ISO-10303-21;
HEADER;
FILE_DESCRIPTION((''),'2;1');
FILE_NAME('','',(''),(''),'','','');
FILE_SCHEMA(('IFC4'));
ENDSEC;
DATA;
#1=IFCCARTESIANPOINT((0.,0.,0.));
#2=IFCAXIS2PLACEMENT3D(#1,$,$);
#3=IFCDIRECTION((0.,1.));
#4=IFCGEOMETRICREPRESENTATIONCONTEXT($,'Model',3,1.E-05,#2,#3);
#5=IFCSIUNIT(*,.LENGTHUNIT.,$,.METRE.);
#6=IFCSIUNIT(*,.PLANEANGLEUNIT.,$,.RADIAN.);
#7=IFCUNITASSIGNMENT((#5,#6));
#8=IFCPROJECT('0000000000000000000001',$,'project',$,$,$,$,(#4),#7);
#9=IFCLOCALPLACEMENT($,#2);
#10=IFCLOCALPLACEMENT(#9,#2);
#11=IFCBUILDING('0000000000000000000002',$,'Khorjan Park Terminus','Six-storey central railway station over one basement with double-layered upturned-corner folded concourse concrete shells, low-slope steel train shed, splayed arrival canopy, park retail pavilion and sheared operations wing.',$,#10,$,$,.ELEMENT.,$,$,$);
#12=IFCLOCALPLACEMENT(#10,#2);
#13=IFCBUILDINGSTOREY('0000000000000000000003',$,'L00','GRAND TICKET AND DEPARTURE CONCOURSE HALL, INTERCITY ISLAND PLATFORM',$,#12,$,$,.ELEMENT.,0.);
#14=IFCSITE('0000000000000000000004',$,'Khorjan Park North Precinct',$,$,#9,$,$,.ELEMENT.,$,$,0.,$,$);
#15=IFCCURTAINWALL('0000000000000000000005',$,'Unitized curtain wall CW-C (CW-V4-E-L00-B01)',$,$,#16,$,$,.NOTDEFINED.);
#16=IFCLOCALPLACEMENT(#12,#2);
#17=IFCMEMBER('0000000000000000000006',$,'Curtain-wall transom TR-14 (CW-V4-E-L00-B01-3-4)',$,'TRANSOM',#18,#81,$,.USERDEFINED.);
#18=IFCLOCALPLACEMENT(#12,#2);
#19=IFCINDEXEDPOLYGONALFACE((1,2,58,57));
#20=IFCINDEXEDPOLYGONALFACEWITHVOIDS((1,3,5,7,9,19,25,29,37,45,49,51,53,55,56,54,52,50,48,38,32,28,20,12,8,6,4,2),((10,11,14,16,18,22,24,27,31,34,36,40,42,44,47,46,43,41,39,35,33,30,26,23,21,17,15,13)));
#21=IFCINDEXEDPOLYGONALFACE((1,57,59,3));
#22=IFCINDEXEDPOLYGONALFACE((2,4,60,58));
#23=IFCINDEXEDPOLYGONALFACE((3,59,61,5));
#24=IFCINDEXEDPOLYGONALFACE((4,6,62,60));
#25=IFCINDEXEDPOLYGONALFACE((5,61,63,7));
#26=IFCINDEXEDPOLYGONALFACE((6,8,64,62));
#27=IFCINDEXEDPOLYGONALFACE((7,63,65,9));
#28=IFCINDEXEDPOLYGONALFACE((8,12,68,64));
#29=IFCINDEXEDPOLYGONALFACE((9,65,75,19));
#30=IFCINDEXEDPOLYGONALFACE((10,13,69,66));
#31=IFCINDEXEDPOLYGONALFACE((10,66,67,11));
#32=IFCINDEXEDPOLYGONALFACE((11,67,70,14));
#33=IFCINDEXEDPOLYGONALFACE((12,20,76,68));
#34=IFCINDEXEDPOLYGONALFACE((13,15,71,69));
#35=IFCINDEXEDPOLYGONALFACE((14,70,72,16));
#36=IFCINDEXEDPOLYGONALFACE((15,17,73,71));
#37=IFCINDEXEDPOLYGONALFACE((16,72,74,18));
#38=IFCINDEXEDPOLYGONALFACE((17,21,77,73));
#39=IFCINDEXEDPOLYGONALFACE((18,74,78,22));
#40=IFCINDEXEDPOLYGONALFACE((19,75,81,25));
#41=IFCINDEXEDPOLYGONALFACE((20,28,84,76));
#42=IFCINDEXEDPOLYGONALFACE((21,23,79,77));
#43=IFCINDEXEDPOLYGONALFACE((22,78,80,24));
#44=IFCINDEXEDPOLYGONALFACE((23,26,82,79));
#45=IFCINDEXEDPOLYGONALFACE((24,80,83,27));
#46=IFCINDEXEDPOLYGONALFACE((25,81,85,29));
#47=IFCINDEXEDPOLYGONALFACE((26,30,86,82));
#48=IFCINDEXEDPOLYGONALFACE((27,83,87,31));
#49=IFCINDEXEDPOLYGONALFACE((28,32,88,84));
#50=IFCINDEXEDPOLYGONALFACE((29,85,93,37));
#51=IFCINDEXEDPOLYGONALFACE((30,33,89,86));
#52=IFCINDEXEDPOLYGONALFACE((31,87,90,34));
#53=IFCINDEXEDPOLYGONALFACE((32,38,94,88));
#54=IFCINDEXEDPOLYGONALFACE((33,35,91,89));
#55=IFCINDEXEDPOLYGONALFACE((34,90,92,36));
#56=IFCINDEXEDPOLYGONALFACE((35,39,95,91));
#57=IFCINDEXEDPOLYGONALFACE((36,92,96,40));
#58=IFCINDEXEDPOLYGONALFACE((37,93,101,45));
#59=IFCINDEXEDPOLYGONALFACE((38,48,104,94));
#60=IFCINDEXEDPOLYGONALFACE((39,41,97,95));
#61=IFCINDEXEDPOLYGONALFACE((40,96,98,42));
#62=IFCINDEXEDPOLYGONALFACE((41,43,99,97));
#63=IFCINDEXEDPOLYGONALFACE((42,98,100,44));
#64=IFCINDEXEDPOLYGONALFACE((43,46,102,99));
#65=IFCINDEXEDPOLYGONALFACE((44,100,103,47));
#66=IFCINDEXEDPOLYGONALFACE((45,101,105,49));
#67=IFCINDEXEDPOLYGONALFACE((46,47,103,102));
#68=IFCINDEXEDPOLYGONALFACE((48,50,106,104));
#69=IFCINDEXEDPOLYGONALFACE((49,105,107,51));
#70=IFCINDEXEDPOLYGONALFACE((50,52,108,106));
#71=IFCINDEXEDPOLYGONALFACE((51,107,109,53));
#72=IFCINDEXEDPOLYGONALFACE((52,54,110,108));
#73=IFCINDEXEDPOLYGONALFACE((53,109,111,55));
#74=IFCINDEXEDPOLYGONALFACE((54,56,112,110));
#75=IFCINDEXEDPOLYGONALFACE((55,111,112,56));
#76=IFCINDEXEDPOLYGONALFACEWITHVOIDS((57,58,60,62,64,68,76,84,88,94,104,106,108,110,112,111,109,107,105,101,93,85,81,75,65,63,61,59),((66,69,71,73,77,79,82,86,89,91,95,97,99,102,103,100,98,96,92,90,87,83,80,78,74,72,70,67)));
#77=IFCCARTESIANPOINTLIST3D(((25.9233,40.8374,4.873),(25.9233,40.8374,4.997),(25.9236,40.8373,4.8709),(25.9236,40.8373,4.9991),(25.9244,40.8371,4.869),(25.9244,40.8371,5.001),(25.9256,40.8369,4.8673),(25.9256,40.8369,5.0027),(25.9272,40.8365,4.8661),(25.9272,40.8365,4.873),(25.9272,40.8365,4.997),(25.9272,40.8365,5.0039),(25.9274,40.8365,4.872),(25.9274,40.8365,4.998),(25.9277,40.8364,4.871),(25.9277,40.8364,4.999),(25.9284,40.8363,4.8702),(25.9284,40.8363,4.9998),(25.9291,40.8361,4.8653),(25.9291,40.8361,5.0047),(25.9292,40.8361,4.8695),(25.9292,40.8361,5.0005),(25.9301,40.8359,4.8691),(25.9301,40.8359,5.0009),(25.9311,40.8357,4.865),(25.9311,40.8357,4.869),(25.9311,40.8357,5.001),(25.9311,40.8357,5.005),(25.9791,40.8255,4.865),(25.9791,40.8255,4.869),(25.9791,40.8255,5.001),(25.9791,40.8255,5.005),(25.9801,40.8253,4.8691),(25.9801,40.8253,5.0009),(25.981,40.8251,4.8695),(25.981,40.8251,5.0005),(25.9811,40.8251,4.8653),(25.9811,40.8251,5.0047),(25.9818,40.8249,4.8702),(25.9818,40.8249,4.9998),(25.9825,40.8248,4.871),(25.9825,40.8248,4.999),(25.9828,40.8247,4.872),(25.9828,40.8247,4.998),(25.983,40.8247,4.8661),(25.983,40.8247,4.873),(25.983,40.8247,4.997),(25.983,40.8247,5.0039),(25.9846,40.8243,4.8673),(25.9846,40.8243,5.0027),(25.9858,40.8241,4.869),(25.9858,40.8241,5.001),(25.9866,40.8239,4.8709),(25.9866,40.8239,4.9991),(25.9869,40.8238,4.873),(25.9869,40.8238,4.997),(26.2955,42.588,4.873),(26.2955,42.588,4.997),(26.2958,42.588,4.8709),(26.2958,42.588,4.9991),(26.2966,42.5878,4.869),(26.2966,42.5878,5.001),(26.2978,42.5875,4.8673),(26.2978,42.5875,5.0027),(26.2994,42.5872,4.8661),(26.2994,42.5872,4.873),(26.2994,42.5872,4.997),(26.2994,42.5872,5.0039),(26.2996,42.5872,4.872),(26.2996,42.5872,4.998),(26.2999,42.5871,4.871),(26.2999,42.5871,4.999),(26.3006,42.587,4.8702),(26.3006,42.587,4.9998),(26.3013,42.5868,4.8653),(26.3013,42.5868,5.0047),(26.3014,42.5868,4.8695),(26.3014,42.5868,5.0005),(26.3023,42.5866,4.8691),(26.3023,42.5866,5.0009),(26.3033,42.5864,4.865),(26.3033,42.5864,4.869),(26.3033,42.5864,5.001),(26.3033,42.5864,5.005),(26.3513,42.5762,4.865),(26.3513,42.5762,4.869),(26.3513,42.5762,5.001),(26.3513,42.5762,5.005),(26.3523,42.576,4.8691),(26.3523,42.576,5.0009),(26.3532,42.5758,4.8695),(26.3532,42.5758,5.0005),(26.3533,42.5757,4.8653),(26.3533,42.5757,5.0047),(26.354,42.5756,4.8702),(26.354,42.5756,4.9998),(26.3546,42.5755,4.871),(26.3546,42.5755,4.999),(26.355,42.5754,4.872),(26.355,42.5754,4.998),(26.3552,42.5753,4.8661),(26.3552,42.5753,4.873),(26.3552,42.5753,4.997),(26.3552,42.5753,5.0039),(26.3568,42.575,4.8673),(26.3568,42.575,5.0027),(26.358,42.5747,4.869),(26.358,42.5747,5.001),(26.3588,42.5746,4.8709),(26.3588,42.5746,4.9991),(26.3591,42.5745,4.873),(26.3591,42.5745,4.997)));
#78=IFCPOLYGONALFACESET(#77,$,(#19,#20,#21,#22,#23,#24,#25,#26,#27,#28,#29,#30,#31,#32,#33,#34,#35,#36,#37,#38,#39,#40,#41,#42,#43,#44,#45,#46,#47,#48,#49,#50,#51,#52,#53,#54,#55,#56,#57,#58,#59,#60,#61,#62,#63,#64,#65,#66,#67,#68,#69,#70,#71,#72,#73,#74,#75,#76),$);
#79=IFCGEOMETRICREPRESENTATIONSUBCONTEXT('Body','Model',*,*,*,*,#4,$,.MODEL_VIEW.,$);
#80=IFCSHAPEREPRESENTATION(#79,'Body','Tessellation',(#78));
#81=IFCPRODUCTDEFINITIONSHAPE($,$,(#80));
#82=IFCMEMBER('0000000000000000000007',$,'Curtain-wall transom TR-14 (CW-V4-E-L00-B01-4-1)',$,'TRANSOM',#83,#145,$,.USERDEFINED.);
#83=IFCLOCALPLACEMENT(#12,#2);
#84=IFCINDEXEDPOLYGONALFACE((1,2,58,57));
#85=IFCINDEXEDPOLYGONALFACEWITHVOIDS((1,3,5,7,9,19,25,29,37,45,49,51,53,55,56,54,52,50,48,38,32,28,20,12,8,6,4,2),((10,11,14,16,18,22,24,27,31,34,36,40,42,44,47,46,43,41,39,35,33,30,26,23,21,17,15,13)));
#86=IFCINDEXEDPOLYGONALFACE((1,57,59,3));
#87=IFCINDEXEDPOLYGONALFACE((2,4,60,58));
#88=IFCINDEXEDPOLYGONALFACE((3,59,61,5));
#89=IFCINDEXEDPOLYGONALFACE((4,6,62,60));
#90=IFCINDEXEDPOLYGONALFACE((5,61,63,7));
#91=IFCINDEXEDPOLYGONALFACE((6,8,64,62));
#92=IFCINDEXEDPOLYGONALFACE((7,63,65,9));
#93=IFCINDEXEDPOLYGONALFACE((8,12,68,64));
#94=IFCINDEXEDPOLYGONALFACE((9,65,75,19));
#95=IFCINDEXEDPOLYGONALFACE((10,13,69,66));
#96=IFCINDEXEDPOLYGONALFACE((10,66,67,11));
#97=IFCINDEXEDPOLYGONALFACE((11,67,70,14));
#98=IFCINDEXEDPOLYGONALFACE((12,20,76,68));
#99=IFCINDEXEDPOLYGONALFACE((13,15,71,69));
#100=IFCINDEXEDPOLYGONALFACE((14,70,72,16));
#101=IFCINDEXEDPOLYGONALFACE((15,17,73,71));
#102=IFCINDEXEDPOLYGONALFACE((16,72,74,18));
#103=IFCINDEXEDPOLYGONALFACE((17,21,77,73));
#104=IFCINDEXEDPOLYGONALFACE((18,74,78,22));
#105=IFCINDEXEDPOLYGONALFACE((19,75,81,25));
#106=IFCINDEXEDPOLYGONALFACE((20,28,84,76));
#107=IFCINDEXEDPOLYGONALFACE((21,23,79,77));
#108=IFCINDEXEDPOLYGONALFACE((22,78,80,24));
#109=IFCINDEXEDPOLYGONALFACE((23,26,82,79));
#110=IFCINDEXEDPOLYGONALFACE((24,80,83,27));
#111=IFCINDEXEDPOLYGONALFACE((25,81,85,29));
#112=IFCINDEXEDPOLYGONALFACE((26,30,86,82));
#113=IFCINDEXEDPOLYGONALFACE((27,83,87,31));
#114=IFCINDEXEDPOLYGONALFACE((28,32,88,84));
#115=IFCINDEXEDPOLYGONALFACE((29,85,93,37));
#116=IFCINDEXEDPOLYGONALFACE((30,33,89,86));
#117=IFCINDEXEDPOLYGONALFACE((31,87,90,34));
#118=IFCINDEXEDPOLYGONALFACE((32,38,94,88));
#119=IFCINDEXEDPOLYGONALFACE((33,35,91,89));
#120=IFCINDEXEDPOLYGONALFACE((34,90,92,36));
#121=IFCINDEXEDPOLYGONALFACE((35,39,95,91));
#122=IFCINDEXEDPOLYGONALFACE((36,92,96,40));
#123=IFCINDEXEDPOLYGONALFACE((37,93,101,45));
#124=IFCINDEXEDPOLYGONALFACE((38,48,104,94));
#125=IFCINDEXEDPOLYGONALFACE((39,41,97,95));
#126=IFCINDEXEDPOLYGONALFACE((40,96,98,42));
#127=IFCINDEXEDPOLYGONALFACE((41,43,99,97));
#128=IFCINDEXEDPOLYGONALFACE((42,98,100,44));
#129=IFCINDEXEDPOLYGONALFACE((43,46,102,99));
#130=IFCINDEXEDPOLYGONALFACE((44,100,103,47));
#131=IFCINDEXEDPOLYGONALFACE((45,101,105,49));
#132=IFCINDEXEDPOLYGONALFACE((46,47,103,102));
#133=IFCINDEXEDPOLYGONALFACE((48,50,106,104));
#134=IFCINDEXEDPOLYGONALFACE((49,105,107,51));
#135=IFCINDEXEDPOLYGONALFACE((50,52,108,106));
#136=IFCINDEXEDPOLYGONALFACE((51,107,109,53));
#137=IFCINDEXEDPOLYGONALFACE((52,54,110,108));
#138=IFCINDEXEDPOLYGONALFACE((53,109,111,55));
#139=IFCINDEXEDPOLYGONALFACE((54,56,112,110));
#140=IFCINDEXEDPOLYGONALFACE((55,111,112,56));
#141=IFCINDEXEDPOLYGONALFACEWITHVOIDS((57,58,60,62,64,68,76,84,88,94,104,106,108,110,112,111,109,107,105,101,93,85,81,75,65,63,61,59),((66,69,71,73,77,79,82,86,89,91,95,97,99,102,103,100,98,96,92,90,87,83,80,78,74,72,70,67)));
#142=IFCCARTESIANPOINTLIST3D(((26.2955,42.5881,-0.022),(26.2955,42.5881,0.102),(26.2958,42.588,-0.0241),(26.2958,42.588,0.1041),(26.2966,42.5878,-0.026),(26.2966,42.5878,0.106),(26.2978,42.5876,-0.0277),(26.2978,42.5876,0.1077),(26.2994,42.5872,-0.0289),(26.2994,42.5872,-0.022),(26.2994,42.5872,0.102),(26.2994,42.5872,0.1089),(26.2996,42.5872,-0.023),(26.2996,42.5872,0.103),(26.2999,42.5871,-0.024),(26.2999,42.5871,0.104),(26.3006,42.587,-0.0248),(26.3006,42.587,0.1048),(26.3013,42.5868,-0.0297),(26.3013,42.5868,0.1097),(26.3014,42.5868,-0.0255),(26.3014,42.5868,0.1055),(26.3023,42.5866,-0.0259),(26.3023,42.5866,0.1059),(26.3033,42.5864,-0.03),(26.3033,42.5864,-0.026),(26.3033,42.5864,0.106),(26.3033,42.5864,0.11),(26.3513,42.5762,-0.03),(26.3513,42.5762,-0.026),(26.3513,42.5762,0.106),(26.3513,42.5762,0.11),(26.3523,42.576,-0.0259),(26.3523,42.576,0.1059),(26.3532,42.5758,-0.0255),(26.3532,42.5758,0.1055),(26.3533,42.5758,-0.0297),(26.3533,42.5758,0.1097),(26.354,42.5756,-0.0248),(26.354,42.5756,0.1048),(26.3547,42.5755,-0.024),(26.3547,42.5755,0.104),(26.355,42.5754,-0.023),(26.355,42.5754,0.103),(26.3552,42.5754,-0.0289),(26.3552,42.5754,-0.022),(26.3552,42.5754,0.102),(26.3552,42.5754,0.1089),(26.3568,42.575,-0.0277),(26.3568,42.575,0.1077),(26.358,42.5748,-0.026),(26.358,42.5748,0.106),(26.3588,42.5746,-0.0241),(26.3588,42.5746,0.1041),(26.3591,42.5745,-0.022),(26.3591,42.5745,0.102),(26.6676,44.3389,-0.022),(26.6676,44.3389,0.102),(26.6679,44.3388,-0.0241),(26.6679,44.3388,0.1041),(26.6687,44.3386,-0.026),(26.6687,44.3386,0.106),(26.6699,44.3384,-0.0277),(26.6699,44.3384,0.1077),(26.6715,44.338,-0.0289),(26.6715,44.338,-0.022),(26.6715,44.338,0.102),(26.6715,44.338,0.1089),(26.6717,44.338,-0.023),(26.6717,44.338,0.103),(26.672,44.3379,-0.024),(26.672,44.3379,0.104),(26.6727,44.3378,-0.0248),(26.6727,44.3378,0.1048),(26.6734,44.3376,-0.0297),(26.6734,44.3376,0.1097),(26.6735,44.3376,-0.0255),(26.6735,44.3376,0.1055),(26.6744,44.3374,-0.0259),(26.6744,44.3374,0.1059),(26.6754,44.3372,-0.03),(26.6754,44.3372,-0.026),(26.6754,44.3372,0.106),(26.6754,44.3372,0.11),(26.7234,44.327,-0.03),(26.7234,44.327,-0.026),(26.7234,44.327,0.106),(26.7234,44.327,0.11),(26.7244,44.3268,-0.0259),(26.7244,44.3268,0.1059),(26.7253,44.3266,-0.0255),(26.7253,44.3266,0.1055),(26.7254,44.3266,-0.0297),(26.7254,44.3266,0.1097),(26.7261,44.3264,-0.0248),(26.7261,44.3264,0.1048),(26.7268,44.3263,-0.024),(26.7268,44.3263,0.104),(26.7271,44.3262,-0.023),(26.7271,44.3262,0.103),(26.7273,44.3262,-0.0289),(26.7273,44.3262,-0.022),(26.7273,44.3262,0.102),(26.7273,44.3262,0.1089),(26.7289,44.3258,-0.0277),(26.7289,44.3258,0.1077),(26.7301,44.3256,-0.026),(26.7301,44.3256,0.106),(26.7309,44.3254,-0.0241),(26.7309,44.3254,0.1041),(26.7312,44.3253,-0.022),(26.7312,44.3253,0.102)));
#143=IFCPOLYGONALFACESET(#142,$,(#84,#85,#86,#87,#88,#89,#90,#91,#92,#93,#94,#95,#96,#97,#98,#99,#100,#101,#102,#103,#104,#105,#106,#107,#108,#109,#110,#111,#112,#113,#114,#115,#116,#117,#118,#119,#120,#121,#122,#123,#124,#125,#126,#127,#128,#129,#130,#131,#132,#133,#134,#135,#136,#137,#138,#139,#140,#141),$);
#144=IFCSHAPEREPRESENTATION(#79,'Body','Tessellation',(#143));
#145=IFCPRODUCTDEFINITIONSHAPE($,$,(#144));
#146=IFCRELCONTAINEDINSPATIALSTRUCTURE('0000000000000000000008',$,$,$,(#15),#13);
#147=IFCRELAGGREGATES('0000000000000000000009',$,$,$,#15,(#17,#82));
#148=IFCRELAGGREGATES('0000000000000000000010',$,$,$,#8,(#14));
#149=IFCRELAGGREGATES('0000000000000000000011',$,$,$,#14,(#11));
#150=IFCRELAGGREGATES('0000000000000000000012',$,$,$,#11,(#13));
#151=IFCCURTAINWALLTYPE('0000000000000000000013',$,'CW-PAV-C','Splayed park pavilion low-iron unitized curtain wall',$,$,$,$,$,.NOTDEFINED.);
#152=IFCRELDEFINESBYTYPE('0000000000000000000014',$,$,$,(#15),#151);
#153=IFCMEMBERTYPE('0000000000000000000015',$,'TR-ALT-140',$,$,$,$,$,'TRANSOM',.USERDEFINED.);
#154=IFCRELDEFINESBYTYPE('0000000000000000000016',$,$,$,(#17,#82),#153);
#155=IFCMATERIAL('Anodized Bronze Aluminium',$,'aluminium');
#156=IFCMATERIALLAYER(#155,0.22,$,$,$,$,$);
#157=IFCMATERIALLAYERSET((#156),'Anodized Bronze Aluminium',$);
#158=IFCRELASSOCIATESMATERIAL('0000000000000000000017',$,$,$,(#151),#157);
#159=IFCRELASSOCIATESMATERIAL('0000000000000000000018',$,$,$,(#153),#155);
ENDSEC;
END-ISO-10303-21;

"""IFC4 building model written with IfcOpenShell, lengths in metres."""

from ifc_helpers import new_model, si_unit, direction, frame, origin, origin_2d, place, context, subcontext, project, spatial, hollow_rectangle, extrude, material, layer, layer_set, material_profile, profile_set, type_object, element, aggregate, save


model = new_model("IFC4")

# Units and contexts
model_context = context("Model", 3, precision=1e-05, world=origin(), true_north=direction((0.0, 1.0)))
body_context = subcontext(model_context, "Body", "Model", "MODEL_VIEW")
ifc_project = project(units=[si_unit("LENGTHUNIT", "METRE"), si_unit("PLANEANGLEUNIT", "RADIAN")], contexts=[model_context])

# Site, building, storey
site_placement = place(None, origin())
site = spatial("IfcSite", under=ifc_project, at=site_placement, Name="Khorjan Park North Precinct", CompositionType="ELEMENT", RefElevation=0.0)
building_placement = place(site_placement, origin())
building = spatial("IfcBuilding", under=site, at=building_placement, Name="Khorjan Park Terminus", Description="Six-storey central railway station over one basement with double-layered upturned-corner folded concourse concrete shells, low-slope steel train shed, splayed arrival canopy, park retail pavilion and sheared operations wing.", CompositionType="ELEMENT")
storey_placement = place(building_placement, origin())
storey = spatial("IfcBuildingStorey", under=building, at=storey_placement, Name="L00", Description="GRAND TICKET AND DEPARTURE CONCOURSE HALL, INTERCITY ISLAND PLATFORM", CompositionType="ELEMENT", Elevation=0.0)

# Curtain wall, members
ifc_material_1 = material(Name="Anodized Bronze Aluminium", Category="aluminium")
ifc_layer_1 = layer(ifc_material_1, 0.22)
ifc_layer_set_1 = layer_set([ifc_layer_1], Name="Anodized Bronze Aluminium")
curtain_wall_type = type_object("IfcCurtainWallType", Name="CW-PAV-C", Description="Splayed park pavilion low-iron unitized curtain wall", PredefinedType="NOTDEFINED", material=ifc_layer_set_1)
curtain_wall_placement = place(storey_placement, origin())
curtain_wall = element("IfcCurtainWall", 1, at=curtain_wall_placement, inside=storey, type_object=curtain_wall_type, Name="Unitized curtain wall CW-C (CW-V4-E-L00-B01)", PredefinedType="NOTDEFINED")
ifc_material_profile_1 = material_profile(ifc_material_1, hollow_rectangle(XDim=0.065, YDim=0.14, WallThickness=0.004, InnerFilletRadius=0.004, OuterFilletRadius=0.008, at=origin_2d()), Name="ALT 65x140x4")
ifc_profile_set_1 = profile_set([ifc_material_profile_1], Name="Anodized Bronze Aluminium")
member_type_1 = type_object("IfcMemberType", Name="TR-ALT-140", ElementType="TRANSOM", PredefinedType="USERDEFINED", material=ifc_profile_set_1)
member_1_placement = place(storey_placement, frame((25.9551, 40.8306, 4.935), z_axis=(0.207953, 0.978139, 0.0), x_axis=(-0.978139, 0.207953, 0.0)))
member_1 = element("IfcMember", 2, at=member_1_placement, type_object=member_type_1, Name="Curtain-wall transom TR-14 (CW-V4-E-L00-B01-3-4)", ObjectType="TRANSOM", PredefinedType="USERDEFINED", context=body_context, shape_type="SweptSolid", body=[
    extrude(hollow_rectangle(XDim=0.065, YDim=0.14, WallThickness=0.004, InnerFilletRadius=0.004, OuterFilletRadius=0.008, at=origin_2d()), origin(), (0.0, 0.0, 1.0), 1.7898),
])
member_2_placement = place(storey_placement, frame((26.3273, 42.5813, 0.04), z_axis=(0.207888, 0.978153, 0.0), x_axis=(-0.978153, 0.207888, 0.0)))
member_2 = element("IfcMember", 3, at=member_2_placement, type_object=member_type_1, Name="Curtain-wall transom TR-14 (CW-V4-E-L00-B01-4-1)", ObjectType="TRANSOM", PredefinedType="USERDEFINED", context=body_context, shape_type="SweptSolid", body=[
    extrude(hollow_rectangle(XDim=0.065, YDim=0.14, WallThickness=0.004, InnerFilletRadius=0.004, OuterFilletRadius=0.008, at=origin_2d()), origin(), (0.0, 0.0, 1.0), 1.7899),
])
aggregate(curtain_wall, [member_1, member_2])

save(model, "model.ifc")
